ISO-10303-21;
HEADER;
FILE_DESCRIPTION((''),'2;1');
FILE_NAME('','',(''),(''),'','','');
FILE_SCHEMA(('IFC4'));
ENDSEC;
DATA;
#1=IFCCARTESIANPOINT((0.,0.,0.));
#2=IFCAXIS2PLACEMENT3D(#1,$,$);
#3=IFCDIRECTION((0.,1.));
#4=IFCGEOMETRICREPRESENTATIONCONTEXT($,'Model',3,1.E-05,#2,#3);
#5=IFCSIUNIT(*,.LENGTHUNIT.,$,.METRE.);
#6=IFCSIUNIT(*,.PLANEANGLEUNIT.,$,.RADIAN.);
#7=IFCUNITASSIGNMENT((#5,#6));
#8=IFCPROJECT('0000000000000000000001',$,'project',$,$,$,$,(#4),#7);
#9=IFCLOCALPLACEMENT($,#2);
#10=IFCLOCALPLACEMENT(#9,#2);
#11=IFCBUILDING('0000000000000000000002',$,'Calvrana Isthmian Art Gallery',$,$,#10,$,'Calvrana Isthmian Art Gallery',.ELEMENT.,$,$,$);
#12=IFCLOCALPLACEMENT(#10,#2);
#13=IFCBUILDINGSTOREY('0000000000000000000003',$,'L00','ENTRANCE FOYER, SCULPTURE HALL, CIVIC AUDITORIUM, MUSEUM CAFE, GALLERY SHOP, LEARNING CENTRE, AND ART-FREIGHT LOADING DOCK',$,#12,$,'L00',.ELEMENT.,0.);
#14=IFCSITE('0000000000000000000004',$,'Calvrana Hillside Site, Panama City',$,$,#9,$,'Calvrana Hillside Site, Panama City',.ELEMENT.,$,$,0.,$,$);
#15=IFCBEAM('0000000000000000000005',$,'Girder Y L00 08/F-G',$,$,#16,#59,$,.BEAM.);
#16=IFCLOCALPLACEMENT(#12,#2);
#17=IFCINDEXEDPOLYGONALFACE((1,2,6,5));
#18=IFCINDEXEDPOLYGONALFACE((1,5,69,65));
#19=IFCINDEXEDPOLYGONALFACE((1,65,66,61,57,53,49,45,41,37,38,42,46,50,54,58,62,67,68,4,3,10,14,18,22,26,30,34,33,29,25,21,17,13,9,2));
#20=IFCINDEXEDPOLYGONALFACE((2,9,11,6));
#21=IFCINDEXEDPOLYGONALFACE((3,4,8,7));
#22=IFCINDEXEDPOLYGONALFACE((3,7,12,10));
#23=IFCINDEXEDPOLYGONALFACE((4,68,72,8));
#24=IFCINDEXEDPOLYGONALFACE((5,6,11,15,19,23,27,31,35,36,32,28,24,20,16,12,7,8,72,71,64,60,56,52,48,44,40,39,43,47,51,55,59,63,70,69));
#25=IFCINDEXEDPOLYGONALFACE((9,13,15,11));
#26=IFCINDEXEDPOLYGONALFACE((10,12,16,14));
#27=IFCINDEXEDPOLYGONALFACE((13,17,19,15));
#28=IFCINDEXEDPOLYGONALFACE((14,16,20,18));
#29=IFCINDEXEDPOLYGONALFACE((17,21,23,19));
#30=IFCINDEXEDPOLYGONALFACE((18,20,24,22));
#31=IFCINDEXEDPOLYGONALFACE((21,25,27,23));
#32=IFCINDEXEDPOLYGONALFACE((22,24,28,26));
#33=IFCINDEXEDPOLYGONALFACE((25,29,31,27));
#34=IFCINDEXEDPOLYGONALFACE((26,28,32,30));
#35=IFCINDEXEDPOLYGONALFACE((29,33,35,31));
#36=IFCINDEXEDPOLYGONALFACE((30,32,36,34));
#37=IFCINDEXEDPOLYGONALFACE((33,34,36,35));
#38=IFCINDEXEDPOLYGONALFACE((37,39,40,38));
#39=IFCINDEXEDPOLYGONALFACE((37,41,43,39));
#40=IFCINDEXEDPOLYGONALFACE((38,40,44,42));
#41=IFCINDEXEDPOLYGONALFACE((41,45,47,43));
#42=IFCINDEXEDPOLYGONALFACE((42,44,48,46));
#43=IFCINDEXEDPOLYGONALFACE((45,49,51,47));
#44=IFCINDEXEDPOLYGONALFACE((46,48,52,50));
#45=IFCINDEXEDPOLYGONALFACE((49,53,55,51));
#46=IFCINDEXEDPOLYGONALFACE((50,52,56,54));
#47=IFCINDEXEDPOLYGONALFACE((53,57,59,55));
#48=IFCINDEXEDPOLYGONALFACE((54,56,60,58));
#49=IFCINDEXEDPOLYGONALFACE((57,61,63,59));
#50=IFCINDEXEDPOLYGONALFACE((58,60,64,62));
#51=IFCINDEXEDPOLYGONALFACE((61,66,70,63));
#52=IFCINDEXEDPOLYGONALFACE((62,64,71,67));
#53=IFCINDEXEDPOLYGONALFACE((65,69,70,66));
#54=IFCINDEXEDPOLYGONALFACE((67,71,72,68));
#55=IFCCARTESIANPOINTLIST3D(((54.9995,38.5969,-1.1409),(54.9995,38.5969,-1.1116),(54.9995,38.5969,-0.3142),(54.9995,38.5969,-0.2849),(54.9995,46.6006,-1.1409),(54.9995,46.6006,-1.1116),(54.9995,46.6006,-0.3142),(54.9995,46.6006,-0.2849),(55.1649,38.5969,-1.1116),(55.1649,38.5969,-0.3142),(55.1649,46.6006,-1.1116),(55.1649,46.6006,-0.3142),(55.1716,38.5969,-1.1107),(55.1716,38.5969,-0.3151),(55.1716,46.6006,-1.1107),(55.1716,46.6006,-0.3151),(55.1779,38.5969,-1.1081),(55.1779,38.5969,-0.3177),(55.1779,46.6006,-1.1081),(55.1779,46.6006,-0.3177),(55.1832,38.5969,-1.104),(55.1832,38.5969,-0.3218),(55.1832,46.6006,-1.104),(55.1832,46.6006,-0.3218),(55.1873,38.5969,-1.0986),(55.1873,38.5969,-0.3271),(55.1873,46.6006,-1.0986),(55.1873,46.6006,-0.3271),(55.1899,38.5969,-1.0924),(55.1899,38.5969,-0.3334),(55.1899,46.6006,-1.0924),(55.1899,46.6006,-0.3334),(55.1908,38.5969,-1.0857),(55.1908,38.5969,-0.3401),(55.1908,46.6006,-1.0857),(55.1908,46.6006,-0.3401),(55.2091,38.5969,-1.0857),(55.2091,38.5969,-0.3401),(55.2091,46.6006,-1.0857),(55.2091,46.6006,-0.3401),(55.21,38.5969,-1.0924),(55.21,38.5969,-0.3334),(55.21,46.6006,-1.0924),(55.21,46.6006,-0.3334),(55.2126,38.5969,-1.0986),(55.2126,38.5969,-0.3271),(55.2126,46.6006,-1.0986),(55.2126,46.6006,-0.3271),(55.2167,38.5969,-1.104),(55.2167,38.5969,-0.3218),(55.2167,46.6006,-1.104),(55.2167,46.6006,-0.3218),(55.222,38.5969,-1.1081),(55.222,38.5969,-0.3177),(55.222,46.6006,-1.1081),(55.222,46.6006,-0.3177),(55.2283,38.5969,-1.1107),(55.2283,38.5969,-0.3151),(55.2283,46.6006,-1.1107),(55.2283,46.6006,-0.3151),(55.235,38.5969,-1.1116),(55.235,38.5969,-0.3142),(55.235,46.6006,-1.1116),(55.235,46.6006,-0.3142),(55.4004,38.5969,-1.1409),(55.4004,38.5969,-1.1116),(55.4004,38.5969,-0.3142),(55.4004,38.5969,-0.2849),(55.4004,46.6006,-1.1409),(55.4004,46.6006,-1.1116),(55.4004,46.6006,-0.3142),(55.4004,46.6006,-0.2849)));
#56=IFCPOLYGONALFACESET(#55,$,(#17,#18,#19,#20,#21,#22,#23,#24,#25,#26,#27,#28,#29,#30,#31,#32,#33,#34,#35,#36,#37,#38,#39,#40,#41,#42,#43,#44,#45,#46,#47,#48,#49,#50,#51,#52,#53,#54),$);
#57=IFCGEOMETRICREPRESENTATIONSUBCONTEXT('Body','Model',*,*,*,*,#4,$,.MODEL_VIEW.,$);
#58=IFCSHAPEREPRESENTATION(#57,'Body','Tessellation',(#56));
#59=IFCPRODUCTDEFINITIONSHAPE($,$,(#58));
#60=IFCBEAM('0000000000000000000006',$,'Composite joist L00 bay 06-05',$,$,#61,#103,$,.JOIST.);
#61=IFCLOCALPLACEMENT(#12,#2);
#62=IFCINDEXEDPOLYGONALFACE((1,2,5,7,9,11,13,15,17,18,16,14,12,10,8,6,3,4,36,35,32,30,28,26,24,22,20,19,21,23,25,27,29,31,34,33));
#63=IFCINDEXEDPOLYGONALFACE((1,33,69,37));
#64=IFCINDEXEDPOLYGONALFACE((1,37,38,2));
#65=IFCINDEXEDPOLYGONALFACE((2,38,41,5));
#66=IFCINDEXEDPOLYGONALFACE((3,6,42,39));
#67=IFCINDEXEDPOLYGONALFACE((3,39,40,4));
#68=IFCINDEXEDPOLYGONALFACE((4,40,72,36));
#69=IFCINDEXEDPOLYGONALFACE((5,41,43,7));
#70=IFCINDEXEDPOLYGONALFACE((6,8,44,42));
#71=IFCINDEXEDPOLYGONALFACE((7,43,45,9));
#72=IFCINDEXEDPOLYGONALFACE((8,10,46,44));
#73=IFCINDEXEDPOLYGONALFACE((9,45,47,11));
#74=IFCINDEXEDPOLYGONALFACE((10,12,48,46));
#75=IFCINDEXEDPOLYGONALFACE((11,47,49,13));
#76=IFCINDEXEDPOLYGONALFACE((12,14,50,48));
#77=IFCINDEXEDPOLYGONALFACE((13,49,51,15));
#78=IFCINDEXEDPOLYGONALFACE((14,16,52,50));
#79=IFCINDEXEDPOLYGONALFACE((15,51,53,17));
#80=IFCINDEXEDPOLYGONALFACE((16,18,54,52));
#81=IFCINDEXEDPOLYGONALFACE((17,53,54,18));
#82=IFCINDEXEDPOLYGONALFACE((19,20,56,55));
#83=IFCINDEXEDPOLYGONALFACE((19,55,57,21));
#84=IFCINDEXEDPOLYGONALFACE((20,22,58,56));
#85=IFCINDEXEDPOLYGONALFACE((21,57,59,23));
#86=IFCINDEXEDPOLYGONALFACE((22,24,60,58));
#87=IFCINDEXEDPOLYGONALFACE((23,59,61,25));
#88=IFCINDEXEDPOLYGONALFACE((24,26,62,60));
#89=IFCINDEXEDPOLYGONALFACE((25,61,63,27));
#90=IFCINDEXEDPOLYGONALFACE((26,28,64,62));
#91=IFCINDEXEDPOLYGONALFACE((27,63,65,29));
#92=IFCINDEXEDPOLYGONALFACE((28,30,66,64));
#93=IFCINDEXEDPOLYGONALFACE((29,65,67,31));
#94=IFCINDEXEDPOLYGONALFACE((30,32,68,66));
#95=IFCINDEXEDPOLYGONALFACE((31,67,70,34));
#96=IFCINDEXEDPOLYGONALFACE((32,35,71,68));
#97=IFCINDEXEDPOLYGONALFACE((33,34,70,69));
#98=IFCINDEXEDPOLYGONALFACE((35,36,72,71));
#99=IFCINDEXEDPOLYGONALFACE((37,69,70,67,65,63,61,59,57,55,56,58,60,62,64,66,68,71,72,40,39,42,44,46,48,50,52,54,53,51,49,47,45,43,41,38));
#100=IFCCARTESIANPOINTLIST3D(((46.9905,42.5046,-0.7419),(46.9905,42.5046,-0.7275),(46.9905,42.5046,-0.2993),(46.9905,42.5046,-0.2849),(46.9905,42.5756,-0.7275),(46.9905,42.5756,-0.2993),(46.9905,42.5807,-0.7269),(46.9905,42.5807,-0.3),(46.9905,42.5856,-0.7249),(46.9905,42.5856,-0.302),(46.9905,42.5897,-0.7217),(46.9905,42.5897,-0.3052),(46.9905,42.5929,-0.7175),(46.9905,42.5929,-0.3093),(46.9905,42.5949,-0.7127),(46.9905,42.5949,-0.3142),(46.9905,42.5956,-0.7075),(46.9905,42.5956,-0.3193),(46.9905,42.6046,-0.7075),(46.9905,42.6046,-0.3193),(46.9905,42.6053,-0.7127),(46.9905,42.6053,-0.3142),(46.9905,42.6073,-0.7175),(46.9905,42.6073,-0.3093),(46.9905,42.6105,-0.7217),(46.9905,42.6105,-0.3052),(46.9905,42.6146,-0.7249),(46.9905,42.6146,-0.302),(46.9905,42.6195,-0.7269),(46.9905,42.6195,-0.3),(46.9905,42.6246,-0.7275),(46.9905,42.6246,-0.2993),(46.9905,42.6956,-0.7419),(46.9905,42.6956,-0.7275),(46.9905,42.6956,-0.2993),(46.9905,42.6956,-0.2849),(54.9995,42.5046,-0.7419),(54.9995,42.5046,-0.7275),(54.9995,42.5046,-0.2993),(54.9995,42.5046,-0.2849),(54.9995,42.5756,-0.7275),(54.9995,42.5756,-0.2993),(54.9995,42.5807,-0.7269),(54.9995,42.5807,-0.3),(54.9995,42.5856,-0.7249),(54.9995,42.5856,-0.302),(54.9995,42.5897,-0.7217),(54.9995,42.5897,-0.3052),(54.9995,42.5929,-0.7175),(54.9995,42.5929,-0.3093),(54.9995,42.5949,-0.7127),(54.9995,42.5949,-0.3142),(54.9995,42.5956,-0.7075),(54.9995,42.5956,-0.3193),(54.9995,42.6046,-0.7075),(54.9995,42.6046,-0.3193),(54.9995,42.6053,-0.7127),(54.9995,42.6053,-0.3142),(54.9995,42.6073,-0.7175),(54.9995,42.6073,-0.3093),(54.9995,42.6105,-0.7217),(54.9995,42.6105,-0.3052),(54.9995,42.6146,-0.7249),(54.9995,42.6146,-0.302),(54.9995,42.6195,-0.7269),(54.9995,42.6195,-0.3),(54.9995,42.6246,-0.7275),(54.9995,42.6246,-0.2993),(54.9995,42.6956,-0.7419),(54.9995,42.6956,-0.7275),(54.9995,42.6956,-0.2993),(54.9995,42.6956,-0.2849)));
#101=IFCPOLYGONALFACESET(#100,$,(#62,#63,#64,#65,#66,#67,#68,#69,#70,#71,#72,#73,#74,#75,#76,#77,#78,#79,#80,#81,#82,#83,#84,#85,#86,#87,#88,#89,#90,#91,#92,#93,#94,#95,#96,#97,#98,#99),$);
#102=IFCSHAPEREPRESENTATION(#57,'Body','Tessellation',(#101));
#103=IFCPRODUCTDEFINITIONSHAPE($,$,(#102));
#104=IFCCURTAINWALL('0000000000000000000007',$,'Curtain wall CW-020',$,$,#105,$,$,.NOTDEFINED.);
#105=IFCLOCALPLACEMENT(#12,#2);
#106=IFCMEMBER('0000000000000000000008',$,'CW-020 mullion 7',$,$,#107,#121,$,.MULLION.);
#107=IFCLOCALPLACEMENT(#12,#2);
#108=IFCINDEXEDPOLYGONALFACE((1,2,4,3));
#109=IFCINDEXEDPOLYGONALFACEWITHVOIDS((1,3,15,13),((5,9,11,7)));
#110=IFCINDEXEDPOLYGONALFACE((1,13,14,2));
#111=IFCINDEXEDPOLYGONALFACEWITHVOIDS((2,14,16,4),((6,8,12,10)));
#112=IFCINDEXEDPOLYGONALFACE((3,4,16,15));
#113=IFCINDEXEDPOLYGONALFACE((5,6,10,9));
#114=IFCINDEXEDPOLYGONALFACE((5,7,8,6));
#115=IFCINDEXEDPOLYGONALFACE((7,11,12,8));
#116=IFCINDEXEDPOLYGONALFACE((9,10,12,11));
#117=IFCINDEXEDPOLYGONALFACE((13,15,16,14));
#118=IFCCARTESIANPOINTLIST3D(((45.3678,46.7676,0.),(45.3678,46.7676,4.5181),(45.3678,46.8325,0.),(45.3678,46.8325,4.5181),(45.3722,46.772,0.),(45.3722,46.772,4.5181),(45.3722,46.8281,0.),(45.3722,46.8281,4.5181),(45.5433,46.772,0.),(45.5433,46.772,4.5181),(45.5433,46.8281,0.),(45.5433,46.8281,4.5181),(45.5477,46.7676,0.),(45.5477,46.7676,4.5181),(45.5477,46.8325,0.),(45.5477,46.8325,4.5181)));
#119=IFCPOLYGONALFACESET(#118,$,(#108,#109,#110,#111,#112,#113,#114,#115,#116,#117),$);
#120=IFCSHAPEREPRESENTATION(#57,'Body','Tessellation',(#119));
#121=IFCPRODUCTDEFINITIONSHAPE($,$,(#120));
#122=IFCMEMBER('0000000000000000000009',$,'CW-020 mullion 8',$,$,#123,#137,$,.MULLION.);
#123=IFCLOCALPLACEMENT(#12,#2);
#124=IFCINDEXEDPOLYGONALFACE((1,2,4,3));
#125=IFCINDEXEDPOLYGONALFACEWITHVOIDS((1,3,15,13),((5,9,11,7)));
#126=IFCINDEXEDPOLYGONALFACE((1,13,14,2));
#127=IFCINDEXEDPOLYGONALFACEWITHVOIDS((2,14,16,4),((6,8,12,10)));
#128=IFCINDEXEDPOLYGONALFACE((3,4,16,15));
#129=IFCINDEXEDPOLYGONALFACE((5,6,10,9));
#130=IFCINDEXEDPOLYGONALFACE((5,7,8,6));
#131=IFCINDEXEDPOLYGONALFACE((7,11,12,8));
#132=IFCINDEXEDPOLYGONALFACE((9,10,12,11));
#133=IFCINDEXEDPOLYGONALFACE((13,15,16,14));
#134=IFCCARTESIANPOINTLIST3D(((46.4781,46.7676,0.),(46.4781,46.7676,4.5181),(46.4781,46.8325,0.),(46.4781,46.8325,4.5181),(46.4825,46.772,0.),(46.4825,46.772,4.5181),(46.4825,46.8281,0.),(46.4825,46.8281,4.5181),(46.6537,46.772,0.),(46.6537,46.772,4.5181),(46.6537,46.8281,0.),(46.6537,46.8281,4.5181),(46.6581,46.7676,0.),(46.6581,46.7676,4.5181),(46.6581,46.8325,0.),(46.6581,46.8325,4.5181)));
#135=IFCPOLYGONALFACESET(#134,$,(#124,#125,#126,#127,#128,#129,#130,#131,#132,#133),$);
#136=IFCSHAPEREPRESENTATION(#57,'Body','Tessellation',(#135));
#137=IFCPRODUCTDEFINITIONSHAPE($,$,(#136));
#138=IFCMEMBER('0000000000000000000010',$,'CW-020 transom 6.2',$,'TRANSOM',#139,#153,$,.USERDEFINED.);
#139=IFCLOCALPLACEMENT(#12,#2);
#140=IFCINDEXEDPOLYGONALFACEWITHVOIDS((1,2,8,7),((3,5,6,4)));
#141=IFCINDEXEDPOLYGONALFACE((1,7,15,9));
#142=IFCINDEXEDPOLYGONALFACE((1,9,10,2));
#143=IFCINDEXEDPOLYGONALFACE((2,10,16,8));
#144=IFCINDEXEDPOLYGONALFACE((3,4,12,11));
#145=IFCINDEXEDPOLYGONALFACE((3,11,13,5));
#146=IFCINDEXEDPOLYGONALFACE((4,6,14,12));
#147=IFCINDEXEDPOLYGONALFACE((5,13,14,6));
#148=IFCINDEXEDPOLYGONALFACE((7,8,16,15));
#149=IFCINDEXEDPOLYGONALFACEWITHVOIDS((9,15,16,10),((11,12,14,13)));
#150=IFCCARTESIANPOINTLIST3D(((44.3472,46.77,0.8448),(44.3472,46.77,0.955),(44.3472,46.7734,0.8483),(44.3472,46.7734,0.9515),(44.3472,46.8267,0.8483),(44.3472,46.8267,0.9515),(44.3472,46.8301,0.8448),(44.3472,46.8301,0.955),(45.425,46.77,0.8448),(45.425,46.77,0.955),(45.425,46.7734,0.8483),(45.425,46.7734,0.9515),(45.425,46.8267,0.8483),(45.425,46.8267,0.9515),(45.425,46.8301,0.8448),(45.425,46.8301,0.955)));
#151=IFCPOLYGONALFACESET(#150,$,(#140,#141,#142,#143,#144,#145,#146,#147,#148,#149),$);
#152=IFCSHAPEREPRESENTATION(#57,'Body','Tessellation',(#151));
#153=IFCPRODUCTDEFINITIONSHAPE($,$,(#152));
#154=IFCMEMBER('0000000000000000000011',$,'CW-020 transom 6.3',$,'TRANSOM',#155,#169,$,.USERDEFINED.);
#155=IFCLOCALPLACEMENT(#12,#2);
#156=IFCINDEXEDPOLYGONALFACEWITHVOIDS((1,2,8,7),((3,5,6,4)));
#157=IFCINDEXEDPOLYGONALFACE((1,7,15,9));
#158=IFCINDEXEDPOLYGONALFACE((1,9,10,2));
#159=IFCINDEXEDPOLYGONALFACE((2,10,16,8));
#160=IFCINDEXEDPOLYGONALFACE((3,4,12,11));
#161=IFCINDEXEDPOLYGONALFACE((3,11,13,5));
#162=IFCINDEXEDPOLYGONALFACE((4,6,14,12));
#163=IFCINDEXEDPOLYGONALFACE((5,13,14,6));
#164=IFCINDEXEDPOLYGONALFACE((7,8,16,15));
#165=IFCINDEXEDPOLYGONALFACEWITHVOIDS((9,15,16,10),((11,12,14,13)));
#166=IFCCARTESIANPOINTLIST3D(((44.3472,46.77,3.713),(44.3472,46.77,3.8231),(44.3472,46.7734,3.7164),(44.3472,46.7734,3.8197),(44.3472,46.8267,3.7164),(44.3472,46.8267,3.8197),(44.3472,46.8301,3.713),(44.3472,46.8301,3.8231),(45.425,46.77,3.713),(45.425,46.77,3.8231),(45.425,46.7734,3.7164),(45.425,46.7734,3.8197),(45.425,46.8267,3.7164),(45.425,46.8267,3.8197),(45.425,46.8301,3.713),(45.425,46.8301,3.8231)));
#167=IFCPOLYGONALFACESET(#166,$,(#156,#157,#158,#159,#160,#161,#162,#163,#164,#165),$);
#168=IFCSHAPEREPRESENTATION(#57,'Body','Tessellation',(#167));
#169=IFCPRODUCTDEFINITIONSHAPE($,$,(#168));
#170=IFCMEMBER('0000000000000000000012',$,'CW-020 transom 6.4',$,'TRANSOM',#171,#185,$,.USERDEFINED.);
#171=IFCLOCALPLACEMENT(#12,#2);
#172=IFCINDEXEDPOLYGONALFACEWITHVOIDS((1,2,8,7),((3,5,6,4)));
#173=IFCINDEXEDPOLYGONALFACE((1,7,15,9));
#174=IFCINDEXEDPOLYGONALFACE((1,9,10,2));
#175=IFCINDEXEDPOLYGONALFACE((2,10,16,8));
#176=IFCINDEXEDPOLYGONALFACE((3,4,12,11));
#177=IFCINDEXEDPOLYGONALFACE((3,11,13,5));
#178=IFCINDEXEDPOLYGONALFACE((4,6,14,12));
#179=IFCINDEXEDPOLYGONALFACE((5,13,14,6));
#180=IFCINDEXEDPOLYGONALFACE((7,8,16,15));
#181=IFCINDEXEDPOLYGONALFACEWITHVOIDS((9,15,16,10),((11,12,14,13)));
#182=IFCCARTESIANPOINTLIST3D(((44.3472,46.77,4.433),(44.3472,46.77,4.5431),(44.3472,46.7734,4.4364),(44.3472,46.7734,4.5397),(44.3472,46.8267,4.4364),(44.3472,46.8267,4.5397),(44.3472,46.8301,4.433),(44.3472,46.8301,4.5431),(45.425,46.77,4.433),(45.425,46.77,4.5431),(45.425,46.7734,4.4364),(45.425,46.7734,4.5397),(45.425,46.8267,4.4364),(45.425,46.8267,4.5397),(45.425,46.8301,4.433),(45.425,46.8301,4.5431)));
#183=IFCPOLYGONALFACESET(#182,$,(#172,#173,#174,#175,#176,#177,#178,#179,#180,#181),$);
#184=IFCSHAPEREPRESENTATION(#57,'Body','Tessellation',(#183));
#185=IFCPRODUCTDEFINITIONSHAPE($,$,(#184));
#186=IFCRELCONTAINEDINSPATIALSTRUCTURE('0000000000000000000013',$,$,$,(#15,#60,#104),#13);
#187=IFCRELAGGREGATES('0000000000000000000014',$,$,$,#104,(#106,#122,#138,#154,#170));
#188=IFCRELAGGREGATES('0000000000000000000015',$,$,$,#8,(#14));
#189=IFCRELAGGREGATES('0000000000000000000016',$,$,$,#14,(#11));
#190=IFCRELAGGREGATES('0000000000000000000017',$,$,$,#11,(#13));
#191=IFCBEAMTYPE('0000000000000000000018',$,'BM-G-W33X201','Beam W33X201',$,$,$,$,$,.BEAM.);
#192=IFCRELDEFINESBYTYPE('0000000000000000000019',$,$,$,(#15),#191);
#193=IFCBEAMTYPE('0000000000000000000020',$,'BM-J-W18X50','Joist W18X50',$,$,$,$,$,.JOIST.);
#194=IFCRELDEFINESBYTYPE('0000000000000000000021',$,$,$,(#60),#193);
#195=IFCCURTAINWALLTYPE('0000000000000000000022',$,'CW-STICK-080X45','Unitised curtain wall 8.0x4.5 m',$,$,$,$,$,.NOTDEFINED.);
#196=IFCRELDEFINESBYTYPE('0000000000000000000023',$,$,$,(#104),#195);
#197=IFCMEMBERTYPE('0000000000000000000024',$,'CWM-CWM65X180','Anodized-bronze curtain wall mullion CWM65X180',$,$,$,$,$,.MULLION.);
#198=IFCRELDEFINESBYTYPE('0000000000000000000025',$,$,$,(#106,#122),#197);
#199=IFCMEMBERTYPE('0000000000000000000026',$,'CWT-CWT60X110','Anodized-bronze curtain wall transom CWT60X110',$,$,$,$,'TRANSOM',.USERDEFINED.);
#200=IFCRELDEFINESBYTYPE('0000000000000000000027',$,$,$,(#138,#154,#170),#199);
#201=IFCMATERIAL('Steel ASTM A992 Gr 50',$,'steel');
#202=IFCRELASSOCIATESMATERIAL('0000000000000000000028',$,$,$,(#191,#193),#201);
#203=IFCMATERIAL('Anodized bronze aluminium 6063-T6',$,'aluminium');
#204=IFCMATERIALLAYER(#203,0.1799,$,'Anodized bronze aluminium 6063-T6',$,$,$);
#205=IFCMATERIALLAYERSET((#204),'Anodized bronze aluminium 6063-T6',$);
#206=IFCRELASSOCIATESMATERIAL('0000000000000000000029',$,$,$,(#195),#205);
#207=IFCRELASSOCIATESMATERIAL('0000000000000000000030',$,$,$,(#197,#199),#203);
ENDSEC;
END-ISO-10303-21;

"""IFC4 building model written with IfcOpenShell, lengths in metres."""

from ifc_helpers import new_model, si_unit, direction, frame, origin, origin_2d, place, context, subcontext, project, spatial, hollow_rectangle, i_section, extrude, material, layer, layer_set, material_profile, profile_set, type_object, element, aggregate, save


model = new_model("IFC4")

# Units and contexts
model_context = context("Model", 3, precision=1e-05, world=origin(), true_north=direction((0.0, 1.0)))
body_context = subcontext(model_context, "Body", "Model", "MODEL_VIEW")
ifc_project = project(units=[si_unit("LENGTHUNIT", "METRE"), si_unit("PLANEANGLEUNIT", "RADIAN")], contexts=[model_context])

# Site, building, storey
site_placement = place(None, origin())
site = spatial("IfcSite", under=ifc_project, at=site_placement, Name="Calvrana Hillside Site, Panama City", LongName="Calvrana Hillside Site, Panama City", CompositionType="ELEMENT", RefElevation=0.0)
building_placement = place(site_placement, origin())
building = spatial("IfcBuilding", under=site, at=building_placement, Name="Calvrana Isthmian Art Gallery", LongName="Calvrana Isthmian Art Gallery", CompositionType="ELEMENT")
storey_placement = place(building_placement, origin())
storey = spatial("IfcBuildingStorey", under=building, at=storey_placement, Name="L00", Description="ENTRANCE FOYER, SCULPTURE HALL, CIVIC AUDITORIUM, MUSEUM CAFE, GALLERY SHOP, LEARNING CENTRE, AND ART-FREIGHT LOADING DOCK", LongName="L00", CompositionType="ELEMENT", Elevation=0.0)

# Shared definitions
ifc_material_1 = material(Name="Steel ASTM A992 Gr 50", Category="steel")

# Beams
ifc_material_profile_1 = material_profile(ifc_material_1, i_section(OverallWidth=0.4009, OverallDepth=0.856, WebThickness=0.0183, FlangeThickness=0.0293, FilletRadius=0.0259, at=origin_2d()), Name="W33X201")
ifc_profile_set_1 = profile_set([ifc_material_profile_1], Name="Steel ASTM A992 Gr 50")
beam_type_1 = type_object("IfcBeamType", Name="BM-G-W33X201", Description="Beam W33X201", PredefinedType="BEAM", material=ifc_profile_set_1)
beam_1_placement = place(storey_placement, frame((55.2, 38.5969, -0.7129), z_axis=(0.0, 1.0, 0.0), x_axis=(-1.0, 0.0, 0.0)))
element("IfcBeam", 1, at=beam_1_placement, inside=storey, type_object=beam_type_1, Name="Girder Y L00 08/F-G", PredefinedType="BEAM", context=body_context, shape_type="SweptSolid", body=[
    extrude(i_section(OverallWidth=0.4009, OverallDepth=0.856, WebThickness=0.0183, FlangeThickness=0.0293, FilletRadius=0.0259, at=origin_2d()), origin(), (0.0, 0.0, 1.0), 8.0037),
])
ifc_material_profile_2 = material_profile(ifc_material_1, i_section(OverallWidth=0.1909, OverallDepth=0.457, WebThickness=0.009, FlangeThickness=0.0144, FilletRadius=0.02, at=origin_2d()), Name="W18X50")
ifc_profile_set_2 = profile_set([ifc_material_profile_2], Name="Steel ASTM A992 Gr 50")
beam_type_2 = type_object("IfcBeamType", Name="BM-J-W18X50", Description="Joist W18X50", PredefinedType="JOIST", material=ifc_profile_set_2)
beam_2_placement = place(storey_placement, frame((46.9905, 42.6001, -0.5134), z_axis=(1.0, 0.0, 0.0), x_axis=(0.0, 1.0, 0.0)))
element("IfcBeam", 2, at=beam_2_placement, inside=storey, type_object=beam_type_2, Name="Composite joist L00 bay 06-05", PredefinedType="JOIST", context=body_context, shape_type="SweptSolid", body=[
    extrude(i_section(OverallWidth=0.1909, OverallDepth=0.457, WebThickness=0.009, FlangeThickness=0.0144, FilletRadius=0.02, at=origin_2d()), origin(), (0.0, 0.0, 1.0), 8.009),
])

# Curtain wall, members
ifc_material_2 = material(Name="Anodized bronze aluminium 6063-T6", Category="aluminium")
ifc_layer_1 = layer(ifc_material_2, 0.1799, Name="Anodized bronze aluminium 6063-T6")
ifc_layer_set_1 = layer_set([ifc_layer_1], Name="Anodized bronze aluminium 6063-T6")
curtain_wall_type = type_object("IfcCurtainWallType", Name="CW-STICK-080X45", Description="Unitised curtain wall 8.0x4.5 m", PredefinedType="NOTDEFINED", material=ifc_layer_set_1)
curtain_wall_placement = place(storey_placement, origin())
curtain_wall = element("IfcCurtainWall", 3, at=curtain_wall_placement, inside=storey, type_object=curtain_wall_type, Name="Curtain wall CW-020", PredefinedType="NOTDEFINED")
ifc_material_profile_3 = material_profile(ifc_material_2, hollow_rectangle(XDim=0.0649, YDim=0.1799, WallThickness=0.0044, at=origin_2d()), Name="CWM65X180")
ifc_profile_set_3 = profile_set([ifc_material_profile_3], Name="Anodized bronze aluminium 6063-T6")
member_type_1 = type_object("IfcMemberType", Name="CWM-CWM65X180", Description="Anodized-bronze curtain wall mullion CWM65X180", PredefinedType="MULLION", material=ifc_profile_set_3)
member_1_placement = place(storey_placement, frame((45.4578, 46.8, 0.0), z_axis=(0.0, 0.0, 1.0), x_axis=(0.0, 1.0, 0.0)))
member_1 = element("IfcMember", 4, at=member_1_placement, type_object=member_type_1, Name="CW-020 mullion 7", PredefinedType="MULLION", context=body_context, shape_type="SweptSolid", body=[
    extrude(hollow_rectangle(XDim=0.0649, YDim=0.1799, WallThickness=0.0044, at=origin_2d()), origin(), (0.0, 0.0, 1.0), 4.5181),
])
member_2_placement = place(storey_placement, frame((46.5681, 46.8, 0.0), z_axis=(0.0, 0.0, 1.0), x_axis=(0.0, 1.0, 0.0)))
member_2 = element("IfcMember", 5, at=member_2_placement, type_object=member_type_1, Name="CW-020 mullion 8", PredefinedType="MULLION", context=body_context, shape_type="SweptSolid", body=[
    extrude(hollow_rectangle(XDim=0.0649, YDim=0.1799, WallThickness=0.0044, at=origin_2d()), origin(), (0.0, 0.0, 1.0), 4.5181),
])
ifc_material_profile_4 = material_profile(ifc_material_2, hollow_rectangle(XDim=0.0601, YDim=0.1101, WallThickness=0.0034, at=origin_2d()), Name="CWT60X110")
ifc_profile_set_4 = profile_set([ifc_material_profile_4], Name="Anodized bronze aluminium 6063-T6")
member_type_2 = type_object("IfcMemberType", Name="CWT-CWT60X110", Description="Anodized-bronze curtain wall transom CWT60X110", ElementType="TRANSOM", PredefinedType="USERDEFINED", material=ifc_profile_set_4)
member_3_placement = place(storey_placement, frame((44.3472, 46.8, 0.8999), z_axis=(1.0, 0.0, 0.0), x_axis=(0.0, 1.0, 0.0)))
member_3 = element("IfcMember", 6, at=member_3_placement, type_object=member_type_2, Name="CW-020 transom 6.2", ObjectType="TRANSOM", PredefinedType="USERDEFINED", context=body_context, shape_type="SweptSolid", body=[
    extrude(hollow_rectangle(XDim=0.0601, YDim=0.1101, WallThickness=0.0034, at=origin_2d()), origin(), (0.0, 0.0, 1.0), 1.0779),
])
member_4_placement = place(storey_placement, frame((44.3472, 46.8, 3.7681), z_axis=(1.0, 0.0, 0.0), x_axis=(0.0, 1.0, 0.0)))
member_4 = element("IfcMember", 7, at=member_4_placement, type_object=member_type_2, Name="CW-020 transom 6.3", ObjectType="TRANSOM", PredefinedType="USERDEFINED", context=body_context, shape_type="SweptSolid", body=[
    extrude(hollow_rectangle(XDim=0.0601, YDim=0.1101, WallThickness=0.0034, at=origin_2d()), origin(), (0.0, 0.0, 1.0), 1.0779),
])
member_5_placement = place(storey_placement, frame((44.3472, 46.8, 4.488), z_axis=(1.0, 0.0, 0.0), x_axis=(0.0, 1.0, 0.0)))
member_5 = element("IfcMember", 8, at=member_5_placement, type_object=member_type_2, Name="CW-020 transom 6.4", ObjectType="TRANSOM", PredefinedType="USERDEFINED", context=body_context, shape_type="SweptSolid", body=[
    extrude(hollow_rectangle(XDim=0.0601, YDim=0.1101, WallThickness=0.0034, at=origin_2d()), origin(), (0.0, 0.0, 1.0), 1.0779),
])

aggregate(curtain_wall, [member_1, member_2, member_3, member_4, member_5])

save(model, "model.ifc")
